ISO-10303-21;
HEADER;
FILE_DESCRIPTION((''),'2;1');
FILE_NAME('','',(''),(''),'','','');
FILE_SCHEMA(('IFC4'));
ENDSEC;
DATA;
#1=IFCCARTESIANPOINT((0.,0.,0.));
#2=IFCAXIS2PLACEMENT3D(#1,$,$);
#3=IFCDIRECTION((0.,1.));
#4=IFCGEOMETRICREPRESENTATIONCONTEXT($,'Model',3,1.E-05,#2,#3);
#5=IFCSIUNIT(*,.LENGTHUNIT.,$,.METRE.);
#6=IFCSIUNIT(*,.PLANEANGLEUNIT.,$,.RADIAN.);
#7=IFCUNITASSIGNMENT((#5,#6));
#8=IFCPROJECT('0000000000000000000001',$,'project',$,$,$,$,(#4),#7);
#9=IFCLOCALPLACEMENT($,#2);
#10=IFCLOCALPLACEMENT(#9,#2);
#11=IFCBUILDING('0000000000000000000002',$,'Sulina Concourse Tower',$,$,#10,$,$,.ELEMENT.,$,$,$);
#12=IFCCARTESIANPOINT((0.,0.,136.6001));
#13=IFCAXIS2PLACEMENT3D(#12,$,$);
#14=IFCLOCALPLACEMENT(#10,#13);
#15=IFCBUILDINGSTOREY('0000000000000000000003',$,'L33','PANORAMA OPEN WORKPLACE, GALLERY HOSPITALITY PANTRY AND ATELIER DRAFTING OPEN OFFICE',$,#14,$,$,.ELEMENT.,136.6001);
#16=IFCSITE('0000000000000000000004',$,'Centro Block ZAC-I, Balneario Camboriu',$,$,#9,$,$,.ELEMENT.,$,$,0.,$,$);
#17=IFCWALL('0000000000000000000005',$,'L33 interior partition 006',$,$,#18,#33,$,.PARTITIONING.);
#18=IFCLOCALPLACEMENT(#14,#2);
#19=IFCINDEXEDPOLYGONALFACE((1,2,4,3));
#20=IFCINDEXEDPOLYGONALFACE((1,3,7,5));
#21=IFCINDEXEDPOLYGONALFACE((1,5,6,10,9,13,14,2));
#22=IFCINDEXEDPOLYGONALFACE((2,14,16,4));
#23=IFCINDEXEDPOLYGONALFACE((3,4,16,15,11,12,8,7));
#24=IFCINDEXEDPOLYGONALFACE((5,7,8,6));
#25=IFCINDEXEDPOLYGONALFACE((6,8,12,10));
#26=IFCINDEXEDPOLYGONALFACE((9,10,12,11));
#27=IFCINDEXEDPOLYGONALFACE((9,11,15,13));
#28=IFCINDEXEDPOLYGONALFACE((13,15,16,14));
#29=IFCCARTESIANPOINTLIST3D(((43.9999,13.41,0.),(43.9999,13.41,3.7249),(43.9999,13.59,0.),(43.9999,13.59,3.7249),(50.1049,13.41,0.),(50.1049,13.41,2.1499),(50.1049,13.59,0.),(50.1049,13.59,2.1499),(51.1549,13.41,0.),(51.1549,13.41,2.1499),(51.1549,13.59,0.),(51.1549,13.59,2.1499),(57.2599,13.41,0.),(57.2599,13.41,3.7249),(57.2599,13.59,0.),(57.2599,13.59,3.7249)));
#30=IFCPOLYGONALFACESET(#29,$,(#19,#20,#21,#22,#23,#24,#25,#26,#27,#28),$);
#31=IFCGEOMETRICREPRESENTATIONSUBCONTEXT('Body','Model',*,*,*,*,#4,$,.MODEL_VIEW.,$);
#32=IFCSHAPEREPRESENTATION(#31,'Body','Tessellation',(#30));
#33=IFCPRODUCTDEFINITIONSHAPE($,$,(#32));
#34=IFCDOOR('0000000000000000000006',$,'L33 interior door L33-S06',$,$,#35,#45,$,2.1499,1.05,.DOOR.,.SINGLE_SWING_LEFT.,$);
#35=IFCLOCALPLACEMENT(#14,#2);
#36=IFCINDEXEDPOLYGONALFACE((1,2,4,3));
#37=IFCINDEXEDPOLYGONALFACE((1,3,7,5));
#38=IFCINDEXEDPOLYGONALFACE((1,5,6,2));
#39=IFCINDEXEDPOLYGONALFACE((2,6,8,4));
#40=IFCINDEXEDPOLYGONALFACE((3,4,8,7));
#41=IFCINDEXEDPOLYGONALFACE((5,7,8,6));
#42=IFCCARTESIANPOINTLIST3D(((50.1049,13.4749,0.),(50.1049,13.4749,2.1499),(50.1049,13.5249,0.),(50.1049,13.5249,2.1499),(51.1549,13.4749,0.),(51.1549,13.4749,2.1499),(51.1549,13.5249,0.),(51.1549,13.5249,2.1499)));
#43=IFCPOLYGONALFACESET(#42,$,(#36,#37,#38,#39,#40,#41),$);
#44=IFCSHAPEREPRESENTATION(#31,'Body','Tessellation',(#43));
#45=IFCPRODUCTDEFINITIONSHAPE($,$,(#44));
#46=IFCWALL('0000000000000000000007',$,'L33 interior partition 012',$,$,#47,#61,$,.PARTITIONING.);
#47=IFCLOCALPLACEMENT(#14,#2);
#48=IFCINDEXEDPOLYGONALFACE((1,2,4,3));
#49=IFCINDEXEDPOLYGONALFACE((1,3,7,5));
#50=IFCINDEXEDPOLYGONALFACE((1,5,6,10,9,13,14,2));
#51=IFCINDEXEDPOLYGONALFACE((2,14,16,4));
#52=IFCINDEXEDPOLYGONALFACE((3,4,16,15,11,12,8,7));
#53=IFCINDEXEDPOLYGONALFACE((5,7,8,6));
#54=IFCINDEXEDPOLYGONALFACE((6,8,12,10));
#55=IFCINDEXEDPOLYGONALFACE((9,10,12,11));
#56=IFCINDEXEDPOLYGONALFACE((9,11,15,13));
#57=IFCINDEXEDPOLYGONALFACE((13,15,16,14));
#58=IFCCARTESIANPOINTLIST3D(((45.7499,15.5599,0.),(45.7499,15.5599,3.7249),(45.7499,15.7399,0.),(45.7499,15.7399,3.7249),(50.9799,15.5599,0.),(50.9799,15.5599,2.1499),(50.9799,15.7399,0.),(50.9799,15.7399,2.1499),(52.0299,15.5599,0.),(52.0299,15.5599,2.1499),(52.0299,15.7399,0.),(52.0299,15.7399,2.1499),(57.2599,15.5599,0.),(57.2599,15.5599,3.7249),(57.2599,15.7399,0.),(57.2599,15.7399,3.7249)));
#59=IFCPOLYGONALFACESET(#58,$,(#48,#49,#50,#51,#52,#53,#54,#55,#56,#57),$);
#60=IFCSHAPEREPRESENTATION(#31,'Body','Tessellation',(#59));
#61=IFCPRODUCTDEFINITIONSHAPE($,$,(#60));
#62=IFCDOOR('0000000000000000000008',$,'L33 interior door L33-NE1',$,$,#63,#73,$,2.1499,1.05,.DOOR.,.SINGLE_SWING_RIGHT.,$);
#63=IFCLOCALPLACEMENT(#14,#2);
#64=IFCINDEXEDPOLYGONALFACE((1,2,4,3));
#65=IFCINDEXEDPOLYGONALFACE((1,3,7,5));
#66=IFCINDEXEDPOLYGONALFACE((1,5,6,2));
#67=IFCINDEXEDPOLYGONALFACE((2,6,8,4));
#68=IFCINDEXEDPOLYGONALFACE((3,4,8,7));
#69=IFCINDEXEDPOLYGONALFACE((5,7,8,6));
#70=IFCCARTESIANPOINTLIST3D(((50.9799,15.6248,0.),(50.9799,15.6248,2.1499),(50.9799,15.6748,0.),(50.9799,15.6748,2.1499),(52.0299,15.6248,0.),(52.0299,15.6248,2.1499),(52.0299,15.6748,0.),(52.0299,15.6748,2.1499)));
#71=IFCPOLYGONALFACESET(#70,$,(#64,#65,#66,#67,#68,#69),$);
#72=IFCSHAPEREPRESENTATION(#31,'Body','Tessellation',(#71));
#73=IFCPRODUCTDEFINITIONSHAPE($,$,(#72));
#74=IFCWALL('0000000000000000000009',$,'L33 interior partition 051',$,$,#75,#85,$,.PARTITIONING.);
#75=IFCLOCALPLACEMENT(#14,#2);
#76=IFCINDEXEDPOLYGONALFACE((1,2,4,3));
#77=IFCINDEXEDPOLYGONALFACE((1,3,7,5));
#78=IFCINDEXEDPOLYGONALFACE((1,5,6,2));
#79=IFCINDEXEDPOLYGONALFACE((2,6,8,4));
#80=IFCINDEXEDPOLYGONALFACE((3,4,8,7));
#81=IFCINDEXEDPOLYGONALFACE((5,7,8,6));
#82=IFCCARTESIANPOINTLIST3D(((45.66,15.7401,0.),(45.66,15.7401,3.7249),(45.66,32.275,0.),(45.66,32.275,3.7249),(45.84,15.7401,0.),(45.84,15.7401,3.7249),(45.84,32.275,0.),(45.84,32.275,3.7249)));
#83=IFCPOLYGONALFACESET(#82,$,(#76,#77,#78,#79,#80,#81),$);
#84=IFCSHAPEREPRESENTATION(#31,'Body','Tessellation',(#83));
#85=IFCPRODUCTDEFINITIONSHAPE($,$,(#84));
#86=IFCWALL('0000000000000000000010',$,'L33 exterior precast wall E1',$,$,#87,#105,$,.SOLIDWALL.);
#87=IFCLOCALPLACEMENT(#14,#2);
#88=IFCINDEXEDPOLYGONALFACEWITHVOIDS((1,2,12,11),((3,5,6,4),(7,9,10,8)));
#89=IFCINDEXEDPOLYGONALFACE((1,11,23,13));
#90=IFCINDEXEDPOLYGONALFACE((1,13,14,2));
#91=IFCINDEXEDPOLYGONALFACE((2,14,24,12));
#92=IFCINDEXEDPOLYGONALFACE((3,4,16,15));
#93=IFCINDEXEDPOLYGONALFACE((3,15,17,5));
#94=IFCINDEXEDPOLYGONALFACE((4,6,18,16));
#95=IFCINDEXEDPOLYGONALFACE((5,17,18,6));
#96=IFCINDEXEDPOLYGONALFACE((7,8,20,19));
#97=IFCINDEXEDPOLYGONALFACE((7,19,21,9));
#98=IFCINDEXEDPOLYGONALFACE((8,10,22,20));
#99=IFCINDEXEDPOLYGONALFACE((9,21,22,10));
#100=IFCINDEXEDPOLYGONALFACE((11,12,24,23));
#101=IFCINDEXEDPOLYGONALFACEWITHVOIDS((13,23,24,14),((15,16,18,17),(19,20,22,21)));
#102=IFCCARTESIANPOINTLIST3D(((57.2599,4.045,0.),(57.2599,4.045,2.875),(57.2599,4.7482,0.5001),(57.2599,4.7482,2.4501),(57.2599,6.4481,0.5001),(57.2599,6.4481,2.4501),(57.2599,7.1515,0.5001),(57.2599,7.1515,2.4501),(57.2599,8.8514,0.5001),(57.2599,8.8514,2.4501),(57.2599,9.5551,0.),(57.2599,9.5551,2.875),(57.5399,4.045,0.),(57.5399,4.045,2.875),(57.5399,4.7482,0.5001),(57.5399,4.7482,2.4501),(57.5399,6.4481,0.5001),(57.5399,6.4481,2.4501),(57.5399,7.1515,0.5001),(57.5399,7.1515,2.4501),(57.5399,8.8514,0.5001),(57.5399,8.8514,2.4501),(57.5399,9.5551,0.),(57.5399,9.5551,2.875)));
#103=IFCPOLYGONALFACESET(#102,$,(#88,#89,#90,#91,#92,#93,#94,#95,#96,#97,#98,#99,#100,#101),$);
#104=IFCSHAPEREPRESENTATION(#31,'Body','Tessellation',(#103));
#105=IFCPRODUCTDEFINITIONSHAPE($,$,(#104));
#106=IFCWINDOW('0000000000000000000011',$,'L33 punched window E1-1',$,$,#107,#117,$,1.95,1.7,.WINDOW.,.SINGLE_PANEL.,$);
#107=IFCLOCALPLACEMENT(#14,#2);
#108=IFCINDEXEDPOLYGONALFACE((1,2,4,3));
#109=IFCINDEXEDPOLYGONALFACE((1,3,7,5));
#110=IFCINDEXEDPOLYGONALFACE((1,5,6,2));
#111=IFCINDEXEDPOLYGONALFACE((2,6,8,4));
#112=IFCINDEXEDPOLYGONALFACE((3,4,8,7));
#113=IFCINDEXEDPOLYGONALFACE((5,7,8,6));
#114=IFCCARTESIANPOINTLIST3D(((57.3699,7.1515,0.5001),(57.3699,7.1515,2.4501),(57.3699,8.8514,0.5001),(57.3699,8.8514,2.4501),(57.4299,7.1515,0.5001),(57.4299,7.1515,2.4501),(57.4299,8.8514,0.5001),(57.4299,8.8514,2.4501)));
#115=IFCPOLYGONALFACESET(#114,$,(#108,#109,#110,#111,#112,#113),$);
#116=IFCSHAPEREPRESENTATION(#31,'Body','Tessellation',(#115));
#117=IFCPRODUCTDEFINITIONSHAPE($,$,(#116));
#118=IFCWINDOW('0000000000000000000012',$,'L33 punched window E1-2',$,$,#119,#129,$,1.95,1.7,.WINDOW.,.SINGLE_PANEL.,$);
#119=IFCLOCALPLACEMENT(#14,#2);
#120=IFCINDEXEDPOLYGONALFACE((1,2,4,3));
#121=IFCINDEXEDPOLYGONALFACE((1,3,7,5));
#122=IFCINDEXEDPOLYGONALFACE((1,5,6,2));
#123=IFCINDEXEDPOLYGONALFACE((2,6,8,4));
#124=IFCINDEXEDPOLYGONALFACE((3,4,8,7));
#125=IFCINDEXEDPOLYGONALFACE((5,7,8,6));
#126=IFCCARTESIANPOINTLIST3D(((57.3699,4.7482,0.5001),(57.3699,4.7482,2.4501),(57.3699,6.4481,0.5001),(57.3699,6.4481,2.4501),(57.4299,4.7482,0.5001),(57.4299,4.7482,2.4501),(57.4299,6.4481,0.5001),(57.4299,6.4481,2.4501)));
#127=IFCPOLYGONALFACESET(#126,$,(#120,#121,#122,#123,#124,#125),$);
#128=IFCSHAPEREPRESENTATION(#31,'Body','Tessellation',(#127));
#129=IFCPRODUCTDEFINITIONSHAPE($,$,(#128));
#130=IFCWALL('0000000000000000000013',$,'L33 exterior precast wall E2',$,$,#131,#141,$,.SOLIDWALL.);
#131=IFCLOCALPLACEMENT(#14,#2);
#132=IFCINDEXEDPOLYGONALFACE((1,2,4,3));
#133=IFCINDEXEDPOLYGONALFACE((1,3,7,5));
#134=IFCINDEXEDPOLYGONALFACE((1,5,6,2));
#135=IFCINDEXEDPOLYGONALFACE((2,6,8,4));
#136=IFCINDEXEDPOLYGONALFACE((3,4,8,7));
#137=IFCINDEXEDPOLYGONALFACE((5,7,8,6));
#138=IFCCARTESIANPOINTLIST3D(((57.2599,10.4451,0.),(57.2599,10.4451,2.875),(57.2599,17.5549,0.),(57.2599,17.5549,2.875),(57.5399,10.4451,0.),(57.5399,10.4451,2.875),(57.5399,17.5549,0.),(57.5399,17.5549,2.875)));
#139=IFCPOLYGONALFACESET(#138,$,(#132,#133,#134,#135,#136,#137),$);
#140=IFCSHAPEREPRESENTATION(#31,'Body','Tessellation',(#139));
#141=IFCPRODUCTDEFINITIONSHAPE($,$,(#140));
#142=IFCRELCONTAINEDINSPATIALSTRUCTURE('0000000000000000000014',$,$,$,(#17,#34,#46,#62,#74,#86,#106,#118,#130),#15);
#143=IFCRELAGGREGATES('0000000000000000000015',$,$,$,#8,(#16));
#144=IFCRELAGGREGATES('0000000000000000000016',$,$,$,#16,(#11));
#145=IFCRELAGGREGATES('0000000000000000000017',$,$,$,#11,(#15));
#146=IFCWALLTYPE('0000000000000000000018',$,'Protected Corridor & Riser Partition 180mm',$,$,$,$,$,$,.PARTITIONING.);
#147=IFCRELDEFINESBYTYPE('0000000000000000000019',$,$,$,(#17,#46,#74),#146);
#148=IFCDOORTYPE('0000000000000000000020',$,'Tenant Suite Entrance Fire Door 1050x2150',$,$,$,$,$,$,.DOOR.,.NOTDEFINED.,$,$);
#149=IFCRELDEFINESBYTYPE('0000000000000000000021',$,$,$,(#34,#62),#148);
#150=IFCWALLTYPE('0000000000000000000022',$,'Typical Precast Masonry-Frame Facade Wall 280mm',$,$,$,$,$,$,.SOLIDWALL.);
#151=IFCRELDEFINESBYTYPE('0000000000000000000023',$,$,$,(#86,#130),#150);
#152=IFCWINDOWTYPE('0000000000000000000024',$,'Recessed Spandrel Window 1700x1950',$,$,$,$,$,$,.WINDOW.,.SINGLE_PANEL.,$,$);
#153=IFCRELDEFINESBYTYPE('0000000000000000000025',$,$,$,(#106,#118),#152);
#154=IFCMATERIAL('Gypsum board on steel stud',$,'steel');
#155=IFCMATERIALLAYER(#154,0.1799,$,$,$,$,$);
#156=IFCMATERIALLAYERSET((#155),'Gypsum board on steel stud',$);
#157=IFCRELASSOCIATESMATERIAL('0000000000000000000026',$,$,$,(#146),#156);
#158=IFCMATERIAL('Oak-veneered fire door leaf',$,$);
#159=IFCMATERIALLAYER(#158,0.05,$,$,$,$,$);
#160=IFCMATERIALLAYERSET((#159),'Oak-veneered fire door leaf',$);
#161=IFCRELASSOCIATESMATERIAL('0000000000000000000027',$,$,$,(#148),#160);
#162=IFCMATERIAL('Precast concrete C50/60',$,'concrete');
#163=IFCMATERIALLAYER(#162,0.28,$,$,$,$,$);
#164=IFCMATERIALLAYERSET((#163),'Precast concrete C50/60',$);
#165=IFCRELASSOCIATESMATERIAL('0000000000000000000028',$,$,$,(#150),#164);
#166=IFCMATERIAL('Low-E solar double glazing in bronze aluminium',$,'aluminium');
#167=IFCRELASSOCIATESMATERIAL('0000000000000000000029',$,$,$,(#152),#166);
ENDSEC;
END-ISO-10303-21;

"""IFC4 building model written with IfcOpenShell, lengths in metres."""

from ifc_helpers import new_model, si_unit, direction, frame, frame_2d, origin, place, context, subcontext, project, spatial, rectangle, extrude, material, layer, layer_set, type_object, element, fill, save


model = new_model("IFC4")

# Units and contexts
model_context = context("Model", 3, precision=1e-05, world=origin(), true_north=direction((0.0, 1.0)))
body_context = subcontext(model_context, "Body", "Model", "MODEL_VIEW")
ifc_project = project(units=[si_unit("LENGTHUNIT", "METRE"), si_unit("PLANEANGLEUNIT", "RADIAN")], contexts=[model_context])

# Site, building, storey
site_placement = place(None, origin())
site = spatial("IfcSite", under=ifc_project, at=site_placement, Name="Centro Block ZAC-I, Balneario Camboriu", CompositionType="ELEMENT", RefElevation=0.0)
building_placement = place(site_placement, origin())
building = spatial("IfcBuilding", under=site, at=building_placement, Name="Sulina Concourse Tower", CompositionType="ELEMENT")
storey_placement = place(building_placement, frame((0.0, 0.0, 136.6001)))
storey = spatial("IfcBuildingStorey", under=building, at=storey_placement, Name="L33", Description="PANORAMA OPEN WORKPLACE, GALLERY HOSPITALITY PANTRY AND ATELIER DRAFTING OPEN OFFICE", CompositionType="ELEMENT", Elevation=136.6001)

# Walls, openings, doors
ifc_material_1 = material(Name="Gypsum board on steel stud", Category="steel")
ifc_layer_1 = layer(ifc_material_1, 0.1799)
ifc_layer_set_1 = layer_set([ifc_layer_1], Name="Gypsum board on steel stud")
wall_type_1 = type_object("IfcWallType", Name="Protected Corridor & Riser Partition 180mm", PredefinedType="PARTITIONING", material=ifc_layer_set_1)
wall_1_placement = place(storey_placement, frame((44.0, 13.5, 0.0), z_axis=(0.0, 0.0, 1.0), x_axis=(1.0, 0.0, 0.0)))
wall_1 = element("IfcWall", 1, at=wall_1_placement, inside=storey, type_object=wall_type_1, Name="L33 interior partition 006", PredefinedType="PARTITIONING", context=body_context, shape_type="SweptSolid", body=[
    extrude(rectangle(XDim=13.26, YDim=0.1799, at=frame_2d((6.6299, 0.0))), origin(), (0.0, 0.0, 1.0), 3.7249),
])
opening_1_placement = place(wall_1_placement, frame((6.105, 0.0, 0.0)))
opening_1 = element("IfcOpeningElement", 2, at=opening_1_placement, cuts=wall_1, PredefinedType="OPENING", context=body_context, shape_type="SweptSolid", body=[
    extrude(rectangle(XDim=1.05, YDim=2.1499, at=frame_2d((0.5249, 1.075))), frame((0.0, 0.0999, 0.0), z_axis=(0.0, -1.0, 0.0), x_axis=(1.0, 0.0, 0.0)), (0.0, 0.0, 1.0), 0.2),
])
ifc_material_2 = material(Name="Oak-veneered fire door leaf")
ifc_layer_2 = layer(ifc_material_2, 0.05)
ifc_layer_set_2 = layer_set([ifc_layer_2], Name="Oak-veneered fire door leaf")
door_type = type_object("IfcDoorType", Name="Tenant Suite Entrance Fire Door 1050x2150", OperationType="NOTDEFINED", PredefinedType="DOOR", material=ifc_layer_set_2)
door_1_placement = place(opening_1_placement, origin())
door_1 = element("IfcDoor", 3, at=door_1_placement, inside=storey, type_object=door_type, Name="L33 interior door L33-S06", OperationType="SINGLE_SWING_LEFT", OverallHeight=2.1499, OverallWidth=1.05, PredefinedType="DOOR", context=body_context, shape_type="SweptSolid", body=[
    extrude(rectangle(XDim=1.05, YDim=2.1499, at=frame_2d((0.5249, 1.075))), frame((0.0, 0.0249, 0.0), z_axis=(0.0, -1.0, 0.0), x_axis=(1.0, 0.0, 0.0)), (0.0, 0.0, 1.0), 0.05),
])
fill(opening_1, door_1)
wall_2_placement = place(storey_placement, frame((45.75, 15.6499, 0.0), z_axis=(0.0, 0.0, 1.0), x_axis=(1.0, 0.0, 0.0)))
wall_2 = element("IfcWall", 4, at=wall_2_placement, inside=storey, type_object=wall_type_1, Name="L33 interior partition 012", PredefinedType="PARTITIONING", context=body_context, shape_type="SweptSolid", body=[
    extrude(rectangle(XDim=11.51, YDim=0.1799, at=frame_2d((5.7549, 0.0))), origin(), (0.0, 0.0, 1.0), 3.7249),
])
opening_2_placement = place(wall_2_placement, frame((5.23, 0.0, 0.0)))
opening_2 = element("IfcOpeningElement", 5, at=opening_2_placement, cuts=wall_2, PredefinedType="OPENING", context=body_context, shape_type="SweptSolid", body=[
    extrude(rectangle(XDim=1.05, YDim=2.1499, at=frame_2d((0.5249, 1.075))), frame((0.0, 0.0999, 0.0), z_axis=(0.0, -1.0, 0.0), x_axis=(1.0, 0.0, 0.0)), (0.0, 0.0, 1.0), 0.2),
])
door_2_placement = place(opening_2_placement, origin())
door_2 = element("IfcDoor", 6, at=door_2_placement, inside=storey, type_object=door_type, Name="L33 interior door L33-NE1", OperationType="SINGLE_SWING_RIGHT", OverallHeight=2.1499, OverallWidth=1.05, PredefinedType="DOOR", context=body_context, shape_type="SweptSolid", body=[
    extrude(rectangle(XDim=1.05, YDim=2.1499, at=frame_2d((0.5249, 1.075))), frame((0.0, 0.0249, 0.0), z_axis=(0.0, -1.0, 0.0), x_axis=(1.0, 0.0, 0.0)), (0.0, 0.0, 1.0), 0.05),
])
fill(opening_2, door_2)

# Wall
wall_3_placement = place(storey_placement, frame((45.75, 15.74, 0.0), z_axis=(0.0, 0.0, 1.0), x_axis=(0.0, 1.0, 0.0)))
element("IfcWall", 7, at=wall_3_placement, inside=storey, type_object=wall_type_1, Name="L33 interior partition 051", PredefinedType="PARTITIONING", context=body_context, shape_type="SweptSolid", body=[
    extrude(rectangle(XDim=16.5349, YDim=0.1799, at=frame_2d((8.2676, 0.0))), origin(), (0.0, 0.0, 1.0), 3.7249),
])

# Wall, openings, windows
ifc_material_3 = material(Name="Precast concrete C50/60", Category="concrete")
ifc_layer_3 = layer(ifc_material_3, 0.28)
ifc_layer_set_3 = layer_set([ifc_layer_3], Name="Precast concrete C50/60")
wall_type_2 = type_object("IfcWallType", Name="Typical Precast Masonry-Frame Facade Wall 280mm", PredefinedType="SOLIDWALL", material=ifc_layer_set_3)
wall_4_placement = place(storey_placement, frame((57.3999, 9.5549, 0.0), z_axis=(0.0, 0.0, 1.0), x_axis=(0.0, -1.0, 0.0)))
wall_4 = element("IfcWall", 8, at=wall_4_placement, inside=storey, type_object=wall_type_2, Name="L33 exterior precast wall E1", PredefinedType="SOLIDWALL", context=body_context, shape_type="SweptSolid", body=[
    extrude(rectangle(XDim=5.51, YDim=0.28, at=frame_2d((2.7549, 0.0))), origin(), (0.0, 0.0, 1.0), 2.875),
])
opening_3_placement = place(wall_4_placement, frame((0.7034, 0.0, 0.5)))
opening_3 = element("IfcOpeningElement", 9, at=opening_3_placement, cuts=wall_4, PredefinedType="OPENING", context=body_context, shape_type="SweptSolid", body=[
    extrude(rectangle(XDim=1.7, YDim=1.95, at=frame_2d((0.8501, 0.9751))), frame((0.0, 0.1499, 0.0), z_axis=(0.0, -1.0, 0.0), x_axis=(1.0, 0.0, 0.0)), (0.0, 0.0, 1.0), 0.3),
])
opening_4_placement = place(wall_4_placement, frame((3.1067, 0.0, 0.5)))
opening_4 = element("IfcOpeningElement", 10, at=opening_4_placement, cuts=wall_4, PredefinedType="OPENING", context=body_context, shape_type="SweptSolid", body=[
    extrude(rectangle(XDim=1.7, YDim=1.95, at=frame_2d((0.8501, 0.9751))), frame((0.0, 0.1499, 0.0), z_axis=(0.0, -1.0, 0.0), x_axis=(1.0, 0.0, 0.0)), (0.0, 0.0, 1.0), 0.3),
])
ifc_material_4 = material(Name="Low-E solar double glazing in bronze aluminium", Category="aluminium")
window_type = type_object("IfcWindowType", Name="Recessed Spandrel Window 1700x1950", PartitioningType="SINGLE_PANEL", PredefinedType="WINDOW", material=ifc_material_4)
window_1_placement = place(opening_3_placement, origin())
window_1 = element("IfcWindow", 11, at=window_1_placement, inside=storey, type_object=window_type, Name="L33 punched window E1-1", OverallHeight=1.95, OverallWidth=1.7, PartitioningType="SINGLE_PANEL", PredefinedType="WINDOW", context=body_context, shape_type="SweptSolid", body=[
    extrude(rectangle(XDim=1.7, YDim=1.95, at=frame_2d((0.8501, 0.9751))), frame((0.0, 0.03, 0.0), z_axis=(0.0, -1.0, 0.0), x_axis=(1.0, 0.0, 0.0)), (0.0, 0.0, 1.0), 0.0601),
])
fill(opening_3, window_1)
window_2_placement = place(opening_4_placement, origin())
window_2 = element("IfcWindow", 12, at=window_2_placement, inside=storey, type_object=window_type, Name="L33 punched window E1-2", OverallHeight=1.95, OverallWidth=1.7, PartitioningType="SINGLE_PANEL", PredefinedType="WINDOW", context=body_context, shape_type="SweptSolid", body=[
    extrude(rectangle(XDim=1.7, YDim=1.95, at=frame_2d((0.8501, 0.9751))), frame((0.0, 0.03, 0.0), z_axis=(0.0, -1.0, 0.0), x_axis=(1.0, 0.0, 0.0)), (0.0, 0.0, 1.0), 0.0601),
])
fill(opening_4, window_2)

# Wall
wall_5_placement = place(storey_placement, frame((57.3999, 17.5549, 0.0), z_axis=(0.0, 0.0, 1.0), x_axis=(0.0, -1.0, 0.0)))
element("IfcWall", 13, at=wall_5_placement, inside=storey, type_object=wall_type_2, Name="L33 exterior precast wall E2", PredefinedType="SOLIDWALL", context=body_context, shape_type="SweptSolid", body=[
    extrude(rectangle(XDim=7.1099, YDim=0.28, at=frame_2d((3.5549, 0.0))), origin(), (0.0, 0.0, 1.0), 2.875),
])

save(model, "model.ifc")
